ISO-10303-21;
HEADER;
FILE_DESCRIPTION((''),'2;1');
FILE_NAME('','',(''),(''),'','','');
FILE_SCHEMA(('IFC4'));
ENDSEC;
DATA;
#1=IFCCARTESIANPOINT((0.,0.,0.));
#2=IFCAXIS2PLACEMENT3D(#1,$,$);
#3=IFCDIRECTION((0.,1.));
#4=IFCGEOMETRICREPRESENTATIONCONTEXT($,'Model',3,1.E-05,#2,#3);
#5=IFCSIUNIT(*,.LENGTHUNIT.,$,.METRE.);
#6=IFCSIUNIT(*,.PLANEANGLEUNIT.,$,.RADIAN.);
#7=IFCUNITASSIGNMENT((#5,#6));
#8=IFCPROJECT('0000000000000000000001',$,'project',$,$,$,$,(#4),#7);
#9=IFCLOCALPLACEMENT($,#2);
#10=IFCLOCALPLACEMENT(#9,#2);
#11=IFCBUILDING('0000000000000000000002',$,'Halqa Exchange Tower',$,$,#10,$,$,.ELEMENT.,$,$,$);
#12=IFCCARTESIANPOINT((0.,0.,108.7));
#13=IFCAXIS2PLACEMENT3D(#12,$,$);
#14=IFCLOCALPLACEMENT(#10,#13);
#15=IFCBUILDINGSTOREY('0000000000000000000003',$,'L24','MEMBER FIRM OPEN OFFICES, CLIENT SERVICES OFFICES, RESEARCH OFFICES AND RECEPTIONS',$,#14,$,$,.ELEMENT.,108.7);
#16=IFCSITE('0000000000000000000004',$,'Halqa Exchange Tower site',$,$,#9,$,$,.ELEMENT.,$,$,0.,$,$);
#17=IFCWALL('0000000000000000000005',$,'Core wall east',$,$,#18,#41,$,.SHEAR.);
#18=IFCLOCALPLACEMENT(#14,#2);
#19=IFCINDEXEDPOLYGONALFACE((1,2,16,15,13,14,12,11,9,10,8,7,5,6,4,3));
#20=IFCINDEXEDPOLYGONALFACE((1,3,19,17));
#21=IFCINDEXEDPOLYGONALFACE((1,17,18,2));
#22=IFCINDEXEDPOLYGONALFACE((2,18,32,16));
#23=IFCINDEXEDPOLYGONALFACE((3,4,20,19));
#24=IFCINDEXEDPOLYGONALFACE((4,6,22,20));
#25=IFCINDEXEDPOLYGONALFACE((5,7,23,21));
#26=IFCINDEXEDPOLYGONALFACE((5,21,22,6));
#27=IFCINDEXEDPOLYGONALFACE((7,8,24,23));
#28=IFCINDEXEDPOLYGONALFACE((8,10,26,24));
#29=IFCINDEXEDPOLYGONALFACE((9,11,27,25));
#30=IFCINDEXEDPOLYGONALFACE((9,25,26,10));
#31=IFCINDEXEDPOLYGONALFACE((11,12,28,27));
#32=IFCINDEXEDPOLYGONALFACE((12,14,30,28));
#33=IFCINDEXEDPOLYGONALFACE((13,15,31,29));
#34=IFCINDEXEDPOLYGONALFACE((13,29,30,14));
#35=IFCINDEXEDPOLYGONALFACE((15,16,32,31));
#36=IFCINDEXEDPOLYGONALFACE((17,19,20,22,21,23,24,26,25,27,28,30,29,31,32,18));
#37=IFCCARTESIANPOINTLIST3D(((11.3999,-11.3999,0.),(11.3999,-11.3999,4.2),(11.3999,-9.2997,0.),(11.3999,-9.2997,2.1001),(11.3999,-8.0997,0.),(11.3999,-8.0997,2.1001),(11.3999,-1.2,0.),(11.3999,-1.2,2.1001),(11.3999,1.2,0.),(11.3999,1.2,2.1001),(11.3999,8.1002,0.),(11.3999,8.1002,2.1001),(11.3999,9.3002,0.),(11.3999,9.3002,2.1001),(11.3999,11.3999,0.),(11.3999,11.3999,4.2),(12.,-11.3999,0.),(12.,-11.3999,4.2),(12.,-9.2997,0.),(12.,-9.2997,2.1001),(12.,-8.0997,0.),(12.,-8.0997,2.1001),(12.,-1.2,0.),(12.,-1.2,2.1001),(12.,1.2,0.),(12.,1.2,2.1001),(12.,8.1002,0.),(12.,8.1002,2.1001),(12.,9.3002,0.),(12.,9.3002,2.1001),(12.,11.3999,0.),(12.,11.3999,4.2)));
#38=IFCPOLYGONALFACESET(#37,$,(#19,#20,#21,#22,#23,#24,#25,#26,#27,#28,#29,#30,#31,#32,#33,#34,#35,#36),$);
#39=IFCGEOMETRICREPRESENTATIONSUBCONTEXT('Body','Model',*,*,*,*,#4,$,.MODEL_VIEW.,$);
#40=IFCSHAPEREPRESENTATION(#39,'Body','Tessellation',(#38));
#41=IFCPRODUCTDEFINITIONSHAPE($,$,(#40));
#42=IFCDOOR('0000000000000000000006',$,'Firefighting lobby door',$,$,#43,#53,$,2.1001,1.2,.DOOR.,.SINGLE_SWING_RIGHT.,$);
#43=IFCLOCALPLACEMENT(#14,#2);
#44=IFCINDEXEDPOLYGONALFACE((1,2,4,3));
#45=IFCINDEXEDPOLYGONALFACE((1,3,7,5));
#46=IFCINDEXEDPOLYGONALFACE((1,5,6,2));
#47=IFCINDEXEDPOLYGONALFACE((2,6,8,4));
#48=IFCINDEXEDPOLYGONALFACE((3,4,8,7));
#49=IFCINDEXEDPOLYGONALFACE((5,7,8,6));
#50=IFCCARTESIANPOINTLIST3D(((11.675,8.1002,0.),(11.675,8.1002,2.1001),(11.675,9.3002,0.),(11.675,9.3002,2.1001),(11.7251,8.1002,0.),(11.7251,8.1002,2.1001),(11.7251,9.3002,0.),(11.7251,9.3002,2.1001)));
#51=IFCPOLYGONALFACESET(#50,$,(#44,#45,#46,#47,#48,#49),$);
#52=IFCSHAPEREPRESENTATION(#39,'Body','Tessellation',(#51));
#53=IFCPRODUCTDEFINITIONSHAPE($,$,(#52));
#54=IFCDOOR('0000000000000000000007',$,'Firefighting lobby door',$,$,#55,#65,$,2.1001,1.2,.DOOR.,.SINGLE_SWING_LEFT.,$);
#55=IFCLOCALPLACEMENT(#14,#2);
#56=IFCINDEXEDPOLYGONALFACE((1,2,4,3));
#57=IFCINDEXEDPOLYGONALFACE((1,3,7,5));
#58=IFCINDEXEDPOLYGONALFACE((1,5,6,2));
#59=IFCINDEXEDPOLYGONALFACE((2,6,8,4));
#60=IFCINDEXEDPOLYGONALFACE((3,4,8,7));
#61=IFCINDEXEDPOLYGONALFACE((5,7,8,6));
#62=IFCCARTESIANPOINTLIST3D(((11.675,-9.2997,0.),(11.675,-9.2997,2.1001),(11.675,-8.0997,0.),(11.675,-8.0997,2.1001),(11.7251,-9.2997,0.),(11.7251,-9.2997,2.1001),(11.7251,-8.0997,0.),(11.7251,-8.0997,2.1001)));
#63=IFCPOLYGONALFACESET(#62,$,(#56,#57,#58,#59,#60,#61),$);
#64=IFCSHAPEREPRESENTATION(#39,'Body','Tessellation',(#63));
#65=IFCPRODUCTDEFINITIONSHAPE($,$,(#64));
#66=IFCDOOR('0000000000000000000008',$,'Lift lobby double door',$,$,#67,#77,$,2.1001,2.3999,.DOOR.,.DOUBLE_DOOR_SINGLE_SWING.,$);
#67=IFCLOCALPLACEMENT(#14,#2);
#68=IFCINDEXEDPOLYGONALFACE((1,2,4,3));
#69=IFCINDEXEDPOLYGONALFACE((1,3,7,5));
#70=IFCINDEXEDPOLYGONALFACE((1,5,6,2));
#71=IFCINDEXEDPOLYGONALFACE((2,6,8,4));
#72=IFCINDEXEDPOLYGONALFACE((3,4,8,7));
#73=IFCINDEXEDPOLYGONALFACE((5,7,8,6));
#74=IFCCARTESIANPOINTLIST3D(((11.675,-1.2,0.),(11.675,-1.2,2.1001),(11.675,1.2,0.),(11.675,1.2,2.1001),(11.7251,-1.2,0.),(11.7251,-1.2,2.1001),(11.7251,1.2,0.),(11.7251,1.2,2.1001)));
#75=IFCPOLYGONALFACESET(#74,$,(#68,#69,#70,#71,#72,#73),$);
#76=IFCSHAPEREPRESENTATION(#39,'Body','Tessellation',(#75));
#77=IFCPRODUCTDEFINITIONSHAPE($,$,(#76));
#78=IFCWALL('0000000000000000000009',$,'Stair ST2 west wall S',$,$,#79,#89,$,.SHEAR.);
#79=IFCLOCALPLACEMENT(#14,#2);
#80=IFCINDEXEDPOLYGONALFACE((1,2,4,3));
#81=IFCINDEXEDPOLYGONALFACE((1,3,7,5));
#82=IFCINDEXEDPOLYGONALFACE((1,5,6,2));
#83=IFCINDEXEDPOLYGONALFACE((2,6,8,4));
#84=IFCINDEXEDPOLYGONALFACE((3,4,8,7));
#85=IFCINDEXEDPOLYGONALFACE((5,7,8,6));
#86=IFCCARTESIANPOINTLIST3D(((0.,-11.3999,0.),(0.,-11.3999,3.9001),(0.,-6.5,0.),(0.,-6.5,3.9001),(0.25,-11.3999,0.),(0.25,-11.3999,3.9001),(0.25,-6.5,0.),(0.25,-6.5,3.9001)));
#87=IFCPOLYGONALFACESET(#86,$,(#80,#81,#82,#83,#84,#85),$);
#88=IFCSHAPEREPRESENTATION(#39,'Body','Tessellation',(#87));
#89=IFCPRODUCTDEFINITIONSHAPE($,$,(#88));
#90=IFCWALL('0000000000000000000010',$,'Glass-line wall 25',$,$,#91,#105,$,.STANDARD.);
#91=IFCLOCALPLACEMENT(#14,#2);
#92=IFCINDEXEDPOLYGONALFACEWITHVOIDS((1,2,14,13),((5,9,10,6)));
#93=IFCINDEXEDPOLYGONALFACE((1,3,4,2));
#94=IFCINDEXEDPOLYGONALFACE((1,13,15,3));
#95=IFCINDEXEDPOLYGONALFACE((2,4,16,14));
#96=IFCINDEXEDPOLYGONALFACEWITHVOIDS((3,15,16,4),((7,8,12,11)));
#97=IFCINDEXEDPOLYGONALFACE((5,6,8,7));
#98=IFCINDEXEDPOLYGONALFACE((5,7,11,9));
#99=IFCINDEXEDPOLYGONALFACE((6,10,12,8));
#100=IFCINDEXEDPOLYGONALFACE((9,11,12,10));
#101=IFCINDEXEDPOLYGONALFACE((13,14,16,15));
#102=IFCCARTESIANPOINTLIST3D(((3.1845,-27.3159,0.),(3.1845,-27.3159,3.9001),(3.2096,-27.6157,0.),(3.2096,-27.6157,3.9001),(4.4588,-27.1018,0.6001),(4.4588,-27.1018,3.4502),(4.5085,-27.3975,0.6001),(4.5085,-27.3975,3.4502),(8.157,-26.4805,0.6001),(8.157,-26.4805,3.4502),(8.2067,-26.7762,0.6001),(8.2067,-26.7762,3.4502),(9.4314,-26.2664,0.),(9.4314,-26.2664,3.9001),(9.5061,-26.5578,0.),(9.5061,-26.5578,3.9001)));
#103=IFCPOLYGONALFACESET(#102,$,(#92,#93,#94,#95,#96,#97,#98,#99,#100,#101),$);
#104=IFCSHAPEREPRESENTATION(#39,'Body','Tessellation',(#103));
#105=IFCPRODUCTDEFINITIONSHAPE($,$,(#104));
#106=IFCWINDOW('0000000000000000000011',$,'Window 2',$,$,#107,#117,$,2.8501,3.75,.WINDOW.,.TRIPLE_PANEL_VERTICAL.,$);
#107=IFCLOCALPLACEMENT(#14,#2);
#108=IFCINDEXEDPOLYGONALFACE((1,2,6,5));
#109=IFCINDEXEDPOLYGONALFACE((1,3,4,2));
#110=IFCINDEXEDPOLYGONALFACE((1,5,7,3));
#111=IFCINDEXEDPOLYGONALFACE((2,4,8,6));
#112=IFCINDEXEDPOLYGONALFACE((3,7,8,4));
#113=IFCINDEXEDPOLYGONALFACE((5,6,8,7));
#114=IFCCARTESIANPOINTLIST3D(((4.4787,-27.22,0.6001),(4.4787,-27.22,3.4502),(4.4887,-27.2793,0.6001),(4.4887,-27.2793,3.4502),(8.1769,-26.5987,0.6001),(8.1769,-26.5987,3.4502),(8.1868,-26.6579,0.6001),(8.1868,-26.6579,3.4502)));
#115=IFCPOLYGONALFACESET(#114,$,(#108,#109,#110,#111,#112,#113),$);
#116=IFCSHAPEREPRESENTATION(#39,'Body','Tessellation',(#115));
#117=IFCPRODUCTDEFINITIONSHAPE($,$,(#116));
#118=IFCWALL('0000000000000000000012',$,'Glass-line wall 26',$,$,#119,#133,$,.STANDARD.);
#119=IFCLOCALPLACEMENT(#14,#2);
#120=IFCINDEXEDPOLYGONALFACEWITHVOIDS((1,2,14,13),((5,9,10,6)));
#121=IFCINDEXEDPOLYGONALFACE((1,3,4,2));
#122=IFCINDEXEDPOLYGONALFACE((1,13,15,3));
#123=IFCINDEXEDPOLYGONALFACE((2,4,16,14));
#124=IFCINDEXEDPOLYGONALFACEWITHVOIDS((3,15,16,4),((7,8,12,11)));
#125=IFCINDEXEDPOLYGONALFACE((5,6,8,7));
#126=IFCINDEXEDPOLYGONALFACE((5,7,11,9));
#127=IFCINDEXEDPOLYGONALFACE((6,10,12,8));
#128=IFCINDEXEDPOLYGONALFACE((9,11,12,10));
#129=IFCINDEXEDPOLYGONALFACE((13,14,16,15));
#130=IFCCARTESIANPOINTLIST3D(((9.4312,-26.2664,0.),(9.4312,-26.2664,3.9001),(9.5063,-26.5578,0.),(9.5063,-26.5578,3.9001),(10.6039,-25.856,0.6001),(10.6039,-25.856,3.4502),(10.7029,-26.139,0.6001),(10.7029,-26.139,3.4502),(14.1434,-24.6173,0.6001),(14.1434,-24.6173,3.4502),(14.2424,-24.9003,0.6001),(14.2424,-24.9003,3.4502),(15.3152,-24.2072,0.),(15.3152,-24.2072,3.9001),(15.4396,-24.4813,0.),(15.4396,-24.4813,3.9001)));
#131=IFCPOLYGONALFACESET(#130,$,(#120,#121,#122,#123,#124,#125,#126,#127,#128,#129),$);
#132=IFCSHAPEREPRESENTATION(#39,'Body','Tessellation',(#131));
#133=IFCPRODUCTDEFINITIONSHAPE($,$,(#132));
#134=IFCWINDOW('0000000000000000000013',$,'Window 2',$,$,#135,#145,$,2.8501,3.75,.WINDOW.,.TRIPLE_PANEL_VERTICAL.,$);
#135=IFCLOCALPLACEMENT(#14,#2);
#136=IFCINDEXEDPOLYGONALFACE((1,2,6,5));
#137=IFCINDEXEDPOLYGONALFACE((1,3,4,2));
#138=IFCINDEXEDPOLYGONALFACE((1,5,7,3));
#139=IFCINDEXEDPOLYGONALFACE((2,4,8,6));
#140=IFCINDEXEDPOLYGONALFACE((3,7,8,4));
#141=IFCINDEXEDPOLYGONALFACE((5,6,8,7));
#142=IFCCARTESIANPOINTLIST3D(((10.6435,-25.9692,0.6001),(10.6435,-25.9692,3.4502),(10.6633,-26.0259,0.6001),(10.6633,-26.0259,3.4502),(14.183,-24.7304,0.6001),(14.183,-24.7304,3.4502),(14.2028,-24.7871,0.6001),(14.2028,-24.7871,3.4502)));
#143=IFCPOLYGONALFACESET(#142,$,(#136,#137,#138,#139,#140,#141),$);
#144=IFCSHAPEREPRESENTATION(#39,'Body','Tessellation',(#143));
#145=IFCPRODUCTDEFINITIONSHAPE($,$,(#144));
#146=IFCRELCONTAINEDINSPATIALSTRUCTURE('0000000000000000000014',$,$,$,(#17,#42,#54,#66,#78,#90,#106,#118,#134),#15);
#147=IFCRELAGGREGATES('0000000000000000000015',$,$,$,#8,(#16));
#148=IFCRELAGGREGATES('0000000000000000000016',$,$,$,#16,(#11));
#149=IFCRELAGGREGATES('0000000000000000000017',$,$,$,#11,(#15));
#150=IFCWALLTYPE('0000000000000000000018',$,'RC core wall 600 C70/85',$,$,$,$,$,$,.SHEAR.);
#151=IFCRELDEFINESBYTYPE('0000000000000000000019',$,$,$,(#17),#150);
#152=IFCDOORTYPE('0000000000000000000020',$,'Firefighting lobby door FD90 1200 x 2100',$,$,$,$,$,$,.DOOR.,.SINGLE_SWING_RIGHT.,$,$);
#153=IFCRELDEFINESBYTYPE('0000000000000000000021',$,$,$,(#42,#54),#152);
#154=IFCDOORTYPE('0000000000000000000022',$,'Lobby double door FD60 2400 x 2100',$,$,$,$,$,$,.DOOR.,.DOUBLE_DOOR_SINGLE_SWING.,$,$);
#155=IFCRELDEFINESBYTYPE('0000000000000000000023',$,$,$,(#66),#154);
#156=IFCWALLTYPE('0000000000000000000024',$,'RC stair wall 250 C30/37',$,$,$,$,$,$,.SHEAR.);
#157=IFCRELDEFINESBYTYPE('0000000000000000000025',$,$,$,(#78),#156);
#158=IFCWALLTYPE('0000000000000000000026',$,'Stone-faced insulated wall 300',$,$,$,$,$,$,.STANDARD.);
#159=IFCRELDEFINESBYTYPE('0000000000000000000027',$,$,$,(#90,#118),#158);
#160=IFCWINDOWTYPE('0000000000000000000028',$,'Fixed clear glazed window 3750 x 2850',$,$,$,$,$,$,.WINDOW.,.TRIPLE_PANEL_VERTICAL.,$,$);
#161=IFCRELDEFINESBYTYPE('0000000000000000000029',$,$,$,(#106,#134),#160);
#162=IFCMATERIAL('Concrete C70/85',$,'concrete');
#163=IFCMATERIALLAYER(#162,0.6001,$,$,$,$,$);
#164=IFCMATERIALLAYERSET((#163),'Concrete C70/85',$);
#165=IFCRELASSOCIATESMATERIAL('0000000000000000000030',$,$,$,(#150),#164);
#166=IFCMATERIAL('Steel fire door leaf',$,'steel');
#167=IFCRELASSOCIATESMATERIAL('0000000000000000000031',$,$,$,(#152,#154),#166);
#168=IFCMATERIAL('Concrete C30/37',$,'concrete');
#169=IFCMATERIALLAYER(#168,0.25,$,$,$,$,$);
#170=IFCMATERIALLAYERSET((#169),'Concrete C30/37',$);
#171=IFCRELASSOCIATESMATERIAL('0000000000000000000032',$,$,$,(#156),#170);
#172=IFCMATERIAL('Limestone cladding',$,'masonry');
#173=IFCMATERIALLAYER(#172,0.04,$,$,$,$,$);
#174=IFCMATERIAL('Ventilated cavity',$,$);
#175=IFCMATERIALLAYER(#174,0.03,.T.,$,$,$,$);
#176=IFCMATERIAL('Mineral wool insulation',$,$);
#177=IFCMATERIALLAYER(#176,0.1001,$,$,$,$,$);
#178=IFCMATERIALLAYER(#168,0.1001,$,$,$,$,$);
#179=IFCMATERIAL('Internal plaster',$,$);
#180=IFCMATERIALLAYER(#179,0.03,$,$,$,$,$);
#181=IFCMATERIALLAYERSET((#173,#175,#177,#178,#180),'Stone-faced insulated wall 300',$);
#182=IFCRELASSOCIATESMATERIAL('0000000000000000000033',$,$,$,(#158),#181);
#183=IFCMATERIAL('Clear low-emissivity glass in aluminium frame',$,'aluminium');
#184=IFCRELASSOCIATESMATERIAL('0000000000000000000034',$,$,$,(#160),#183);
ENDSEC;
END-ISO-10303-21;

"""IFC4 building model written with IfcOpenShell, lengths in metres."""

from ifc_helpers import new_model, si_unit, direction, frame, frame_2d, origin, place, context, subcontext, project, spatial, polyline, rectangle, outline, extrude, material, layer, layer_set, type_object, element, fill, save


model = new_model("IFC4")

# Units and contexts
model_context = context("Model", 3, precision=1e-05, world=origin(), true_north=direction((0.0, 1.0)))
body_context = subcontext(model_context, "Body", "Model", "MODEL_VIEW")
ifc_project = project(units=[si_unit("LENGTHUNIT", "METRE"), si_unit("PLANEANGLEUNIT", "RADIAN")], contexts=[model_context])

# Site, building, storey
site_placement = place(None, origin())
site = spatial("IfcSite", under=ifc_project, at=site_placement, Name="Halqa Exchange Tower site", CompositionType="ELEMENT", RefElevation=0.0)
building_placement = place(site_placement, origin())
building = spatial("IfcBuilding", under=site, at=building_placement, Name="Halqa Exchange Tower", CompositionType="ELEMENT")
storey_placement = place(building_placement, frame((0.0, 0.0, 108.7)))
storey = spatial("IfcBuildingStorey", under=building, at=storey_placement, Name="L24", Description="MEMBER FIRM OPEN OFFICES, CLIENT SERVICES OFFICES, RESEARCH OFFICES AND RECEPTIONS", CompositionType="ELEMENT", Elevation=108.7)

# Shared definitions
ifc_material_1 = material(Name="Concrete C70/85", Category="concrete")

# Wall, openings, doors
ifc_layer_1 = layer(ifc_material_1, 0.6001)
ifc_layer_set_1 = layer_set([ifc_layer_1], Name="Concrete C70/85")
wall_type_1 = type_object("IfcWallType", Name="RC core wall 600 C70/85", PredefinedType="SHEAR", material=ifc_layer_set_1)
wall_1_placement = place(storey_placement, frame((11.7, -11.3999, 0.0), z_axis=(0.0, 0.0, 1.0), x_axis=(0.0, 1.0, 0.0)))
wall_1 = element("IfcWall", 1, at=wall_1_placement, inside=storey, type_object=wall_type_1, Name="Core wall east", PredefinedType="SHEAR", context=body_context, shape_type="SweptSolid", body=[
    extrude(rectangle(XDim=22.7998, YDim=0.6001, at=frame_2d((11.3999, 0.0))), origin(), (0.0, 0.0, 1.0), 4.2),
])
opening_1_placement = place(wall_1_placement, frame((10.2, 0.0, 0.0)))
opening_1 = element("IfcOpeningElement", 2, at=opening_1_placement, cuts=wall_1, PredefinedType="OPENING", context=body_context, shape_type="SweptSolid", body=[
    extrude(rectangle(XDim=2.3999, YDim=2.1001, at=frame_2d((1.2, 1.05))), frame((0.0, 0.312, 0.0), z_axis=(0.0, -1.0, 0.0), x_axis=(1.0, 0.0, 0.0)), (0.0, 0.0, 1.0), 0.624),
])
opening_2_placement = place(wall_1_placement, frame((19.5, 0.0, 0.0)))
opening_2 = element("IfcOpeningElement", 3, at=opening_2_placement, cuts=wall_1, PredefinedType="OPENING", context=body_context, shape_type="SweptSolid", body=[
    extrude(rectangle(XDim=1.2, YDim=2.1001, at=frame_2d((0.6001, 1.05))), frame((0.0, 0.312, 0.0), z_axis=(0.0, -1.0, 0.0), x_axis=(1.0, 0.0, 0.0)), (0.0, 0.0, 1.0), 0.624),
])
opening_3_placement = place(wall_1_placement, frame((2.1001, 0.0, 0.0)))
opening_3 = element("IfcOpeningElement", 4, at=opening_3_placement, cuts=wall_1, PredefinedType="OPENING", context=body_context, shape_type="SweptSolid", body=[
    extrude(rectangle(XDim=1.2, YDim=2.1001, at=frame_2d((0.6001, 1.05))), frame((0.0, 0.312, 0.0), z_axis=(0.0, -1.0, 0.0), x_axis=(1.0, 0.0, 0.0)), (0.0, 0.0, 1.0), 0.624),
])
ifc_material_2 = material(Name="Steel fire door leaf", Category="steel")
door_type_1 = type_object("IfcDoorType", Name="Firefighting lobby door FD90 1200 x 2100", OperationType="SINGLE_SWING_RIGHT", PredefinedType="DOOR", material=ifc_material_2)
door_1_placement = place(opening_2_placement, origin())
door_1 = element("IfcDoor", 5, at=door_1_placement, inside=storey, type_object=door_type_1, Name="Firefighting lobby door", OperationType="SINGLE_SWING_RIGHT", OverallHeight=2.1001, OverallWidth=1.2, PredefinedType="DOOR", context=body_context, shape_type="SweptSolid", body=[
    extrude(rectangle(XDim=1.2, YDim=2.1001, at=frame_2d((0.6001, 1.05))), frame((0.0, 0.0249, 0.0), z_axis=(0.0, -1.0, 0.0), x_axis=(1.0, 0.0, 0.0)), (0.0, 0.0, 1.0), 0.05),
])
fill(opening_2, door_1)
door_2_placement = place(opening_3_placement, origin())
door_2 = element("IfcDoor", 6, at=door_2_placement, inside=storey, type_object=door_type_1, Name="Firefighting lobby door", OperationType="SINGLE_SWING_LEFT", OverallHeight=2.1001, OverallWidth=1.2, PredefinedType="DOOR", context=body_context, shape_type="SweptSolid", body=[
    extrude(rectangle(XDim=1.2, YDim=2.1001, at=frame_2d((0.6001, 1.05))), frame((0.0, 0.0249, 0.0), z_axis=(0.0, -1.0, 0.0), x_axis=(1.0, 0.0, 0.0)), (0.0, 0.0, 1.0), 0.05),
])
fill(opening_3, door_2)
door_type_2 = type_object("IfcDoorType", Name="Lobby double door FD60 2400 x 2100", OperationType="DOUBLE_DOOR_SINGLE_SWING", PredefinedType="DOOR", material=ifc_material_2)
door_3_placement = place(opening_1_placement, origin())
door_3 = element("IfcDoor", 7, at=door_3_placement, inside=storey, type_object=door_type_2, Name="Lift lobby double door", OperationType="DOUBLE_DOOR_SINGLE_SWING", OverallHeight=2.1001, OverallWidth=2.3999, PredefinedType="DOOR", context=body_context, shape_type="SweptSolid", body=[
    extrude(rectangle(XDim=2.3999, YDim=2.1001, at=frame_2d((1.2, 1.05))), frame((0.0, 0.0249, 0.0), z_axis=(0.0, -1.0, 0.0), x_axis=(1.0, 0.0, 0.0)), (0.0, 0.0, 1.0), 0.05),
])
fill(opening_1, door_3)

# Wall
ifc_material_3 = material(Name="Concrete C30/37", Category="concrete")
ifc_layer_2 = layer(ifc_material_3, 0.25)
ifc_layer_set_2 = layer_set([ifc_layer_2], Name="Concrete C30/37")
wall_type_2 = type_object("IfcWallType", Name="RC stair wall 250 C30/37", PredefinedType="SHEAR", material=ifc_layer_set_2)
wall_2_placement = place(storey_placement, frame((0.125, -11.3999, 0.0), z_axis=(0.0, 0.0, 1.0), x_axis=(0.0, 1.0, 0.0)))
element("IfcWall", 8, at=wall_2_placement, inside=storey, type_object=wall_type_2, Name="Stair ST2 west wall S", PredefinedType="SHEAR", context=body_context, shape_type="SweptSolid", body=[
    extrude(rectangle(XDim=4.8999, YDim=0.25, at=frame_2d((2.45, 0.0))), origin(), (0.0, 0.0, 1.0), 3.9001),
])

# Walls, openings, windows
ifc_material_4 = material(Name="Limestone cladding", Category="masonry")
ifc_layer_3 = layer(ifc_material_4, 0.04)
ifc_material_5 = material(Name="Ventilated cavity")
ifc_layer_4 = layer(ifc_material_5, 0.03, ventilated=True)
ifc_material_6 = material(Name="Mineral wool insulation")
ifc_layer_5 = layer(ifc_material_6, 0.1001)
ifc_layer_6 = layer(ifc_material_3, 0.1001)
ifc_material_7 = material(Name="Internal plaster")
ifc_layer_7 = layer(ifc_material_7, 0.03)
ifc_layer_set_3 = layer_set([ifc_layer_3, ifc_layer_4, ifc_layer_5, ifc_layer_6, ifc_layer_7], Name="Stone-faced insulated wall 300")
wall_type_3 = type_object("IfcWallType", Name="Stone-faced insulated wall 300", PredefinedType="STANDARD", material=ifc_layer_set_3)
wall_3_placement = place(storey_placement, frame((3.197, -27.4658, 0.0), z_axis=(0.0, 0.0, 1.0), x_axis=(0.986178, 0.165687, 0.0)))
wall_3 = element("IfcWall", 9, at=wall_3_placement, inside=storey, type_object=wall_type_3, Name="Glass-line wall 25", PredefinedType="STANDARD", context=body_context, shape_type="SweptSolid", body=[
    extrude(outline(polyline([(-0.0125, -0.1499), (6.3723, -0.1499), (6.3469, 0.1499), (0.0125, 0.1499), (-0.0125, -0.1499)])), origin(), (0.0, 0.0, 1.0), 3.9001),
])
opening_4_placement = place(wall_3_placement, frame((1.3047, 0.0, 0.6001)))
opening_4 = element("IfcOpeningElement", 10, at=opening_4_placement, cuts=wall_3, PredefinedType="OPENING", context=body_context, shape_type="SweptSolid", body=[
    extrude(rectangle(XDim=3.75, YDim=2.8501, at=frame_2d((1.875, 1.425))), frame((0.0, 0.1621, 0.0), z_axis=(0.0, -1.0, 0.0), x_axis=(1.0, 0.0, 0.0)), (0.0, 0.0, 1.0), 0.324),
])
ifc_material_8 = material(Name="Clear low-emissivity glass in aluminium frame", Category="aluminium")
window_type = type_object("IfcWindowType", Name="Fixed clear glazed window 3750 x 2850", PartitioningType="TRIPLE_PANEL_VERTICAL", PredefinedType="WINDOW", material=ifc_material_8)
window_1_placement = place(opening_4_placement, origin())
window_1 = element("IfcWindow", 11, at=window_1_placement, inside=storey, type_object=window_type, Name="Window 2", OverallHeight=2.8501, OverallWidth=3.75, PartitioningType="TRIPLE_PANEL_VERTICAL", PredefinedType="WINDOW", context=body_context, shape_type="SweptSolid", body=[
    extrude(rectangle(XDim=3.75, YDim=2.8501, at=frame_2d((1.875, 1.425))), frame((0.0, 0.03, 0.0), z_axis=(0.0, -1.0, 0.0), x_axis=(1.0, 0.0, 0.0)), (0.0, 0.0, 1.0), 0.0601),
])
fill(opening_4, window_1)
wall_4_placement = place(storey_placement, frame((9.4688, -26.4121, 0.0), z_axis=(0.0, 0.0, 1.0), x_axis=(0.943867, 0.330326, 0.0)))
wall_4 = element("IfcWall", 12, at=wall_4_placement, inside=storey, type_object=wall_type_3, Name="Glass-line wall 26", PredefinedType="STANDARD", context=body_context, shape_type="SweptSolid", body=[
    extrude(outline(polyline([(-0.0127, -0.1499), (6.2734, -0.1499), (6.2466, 0.1499), (0.0127, 0.1499), (-0.0127, -0.1499)])), origin(), (0.0, 0.0, 1.0), 3.9001),
])
opening_5_placement = place(wall_4_placement, frame((1.2551, 0.0, 0.6001)))
opening_5 = element("IfcOpeningElement", 13, at=opening_5_placement, cuts=wall_4, PredefinedType="OPENING", context=body_context, shape_type="SweptSolid", body=[
    extrude(rectangle(XDim=3.75, YDim=2.8501, at=frame_2d((1.875, 1.425))), frame((0.0, 0.1621, 0.0), z_axis=(0.0, -1.0, 0.0), x_axis=(1.0, 0.0, 0.0)), (0.0, 0.0, 1.0), 0.324),
])
window_2_placement = place(opening_5_placement, origin())
window_2 = element("IfcWindow", 14, at=window_2_placement, inside=storey, type_object=window_type, Name="Window 2", OverallHeight=2.8501, OverallWidth=3.75, PartitioningType="TRIPLE_PANEL_VERTICAL", PredefinedType="WINDOW", context=body_context, shape_type="SweptSolid", body=[
    extrude(rectangle(XDim=3.75, YDim=2.8501, at=frame_2d((1.875, 1.425))), frame((0.0, 0.03, 0.0), z_axis=(0.0, -1.0, 0.0), x_axis=(1.0, 0.0, 0.0)), (0.0, 0.0, 1.0), 0.0601),
])
fill(opening_5, window_2)

save(model, "model.ifc")
